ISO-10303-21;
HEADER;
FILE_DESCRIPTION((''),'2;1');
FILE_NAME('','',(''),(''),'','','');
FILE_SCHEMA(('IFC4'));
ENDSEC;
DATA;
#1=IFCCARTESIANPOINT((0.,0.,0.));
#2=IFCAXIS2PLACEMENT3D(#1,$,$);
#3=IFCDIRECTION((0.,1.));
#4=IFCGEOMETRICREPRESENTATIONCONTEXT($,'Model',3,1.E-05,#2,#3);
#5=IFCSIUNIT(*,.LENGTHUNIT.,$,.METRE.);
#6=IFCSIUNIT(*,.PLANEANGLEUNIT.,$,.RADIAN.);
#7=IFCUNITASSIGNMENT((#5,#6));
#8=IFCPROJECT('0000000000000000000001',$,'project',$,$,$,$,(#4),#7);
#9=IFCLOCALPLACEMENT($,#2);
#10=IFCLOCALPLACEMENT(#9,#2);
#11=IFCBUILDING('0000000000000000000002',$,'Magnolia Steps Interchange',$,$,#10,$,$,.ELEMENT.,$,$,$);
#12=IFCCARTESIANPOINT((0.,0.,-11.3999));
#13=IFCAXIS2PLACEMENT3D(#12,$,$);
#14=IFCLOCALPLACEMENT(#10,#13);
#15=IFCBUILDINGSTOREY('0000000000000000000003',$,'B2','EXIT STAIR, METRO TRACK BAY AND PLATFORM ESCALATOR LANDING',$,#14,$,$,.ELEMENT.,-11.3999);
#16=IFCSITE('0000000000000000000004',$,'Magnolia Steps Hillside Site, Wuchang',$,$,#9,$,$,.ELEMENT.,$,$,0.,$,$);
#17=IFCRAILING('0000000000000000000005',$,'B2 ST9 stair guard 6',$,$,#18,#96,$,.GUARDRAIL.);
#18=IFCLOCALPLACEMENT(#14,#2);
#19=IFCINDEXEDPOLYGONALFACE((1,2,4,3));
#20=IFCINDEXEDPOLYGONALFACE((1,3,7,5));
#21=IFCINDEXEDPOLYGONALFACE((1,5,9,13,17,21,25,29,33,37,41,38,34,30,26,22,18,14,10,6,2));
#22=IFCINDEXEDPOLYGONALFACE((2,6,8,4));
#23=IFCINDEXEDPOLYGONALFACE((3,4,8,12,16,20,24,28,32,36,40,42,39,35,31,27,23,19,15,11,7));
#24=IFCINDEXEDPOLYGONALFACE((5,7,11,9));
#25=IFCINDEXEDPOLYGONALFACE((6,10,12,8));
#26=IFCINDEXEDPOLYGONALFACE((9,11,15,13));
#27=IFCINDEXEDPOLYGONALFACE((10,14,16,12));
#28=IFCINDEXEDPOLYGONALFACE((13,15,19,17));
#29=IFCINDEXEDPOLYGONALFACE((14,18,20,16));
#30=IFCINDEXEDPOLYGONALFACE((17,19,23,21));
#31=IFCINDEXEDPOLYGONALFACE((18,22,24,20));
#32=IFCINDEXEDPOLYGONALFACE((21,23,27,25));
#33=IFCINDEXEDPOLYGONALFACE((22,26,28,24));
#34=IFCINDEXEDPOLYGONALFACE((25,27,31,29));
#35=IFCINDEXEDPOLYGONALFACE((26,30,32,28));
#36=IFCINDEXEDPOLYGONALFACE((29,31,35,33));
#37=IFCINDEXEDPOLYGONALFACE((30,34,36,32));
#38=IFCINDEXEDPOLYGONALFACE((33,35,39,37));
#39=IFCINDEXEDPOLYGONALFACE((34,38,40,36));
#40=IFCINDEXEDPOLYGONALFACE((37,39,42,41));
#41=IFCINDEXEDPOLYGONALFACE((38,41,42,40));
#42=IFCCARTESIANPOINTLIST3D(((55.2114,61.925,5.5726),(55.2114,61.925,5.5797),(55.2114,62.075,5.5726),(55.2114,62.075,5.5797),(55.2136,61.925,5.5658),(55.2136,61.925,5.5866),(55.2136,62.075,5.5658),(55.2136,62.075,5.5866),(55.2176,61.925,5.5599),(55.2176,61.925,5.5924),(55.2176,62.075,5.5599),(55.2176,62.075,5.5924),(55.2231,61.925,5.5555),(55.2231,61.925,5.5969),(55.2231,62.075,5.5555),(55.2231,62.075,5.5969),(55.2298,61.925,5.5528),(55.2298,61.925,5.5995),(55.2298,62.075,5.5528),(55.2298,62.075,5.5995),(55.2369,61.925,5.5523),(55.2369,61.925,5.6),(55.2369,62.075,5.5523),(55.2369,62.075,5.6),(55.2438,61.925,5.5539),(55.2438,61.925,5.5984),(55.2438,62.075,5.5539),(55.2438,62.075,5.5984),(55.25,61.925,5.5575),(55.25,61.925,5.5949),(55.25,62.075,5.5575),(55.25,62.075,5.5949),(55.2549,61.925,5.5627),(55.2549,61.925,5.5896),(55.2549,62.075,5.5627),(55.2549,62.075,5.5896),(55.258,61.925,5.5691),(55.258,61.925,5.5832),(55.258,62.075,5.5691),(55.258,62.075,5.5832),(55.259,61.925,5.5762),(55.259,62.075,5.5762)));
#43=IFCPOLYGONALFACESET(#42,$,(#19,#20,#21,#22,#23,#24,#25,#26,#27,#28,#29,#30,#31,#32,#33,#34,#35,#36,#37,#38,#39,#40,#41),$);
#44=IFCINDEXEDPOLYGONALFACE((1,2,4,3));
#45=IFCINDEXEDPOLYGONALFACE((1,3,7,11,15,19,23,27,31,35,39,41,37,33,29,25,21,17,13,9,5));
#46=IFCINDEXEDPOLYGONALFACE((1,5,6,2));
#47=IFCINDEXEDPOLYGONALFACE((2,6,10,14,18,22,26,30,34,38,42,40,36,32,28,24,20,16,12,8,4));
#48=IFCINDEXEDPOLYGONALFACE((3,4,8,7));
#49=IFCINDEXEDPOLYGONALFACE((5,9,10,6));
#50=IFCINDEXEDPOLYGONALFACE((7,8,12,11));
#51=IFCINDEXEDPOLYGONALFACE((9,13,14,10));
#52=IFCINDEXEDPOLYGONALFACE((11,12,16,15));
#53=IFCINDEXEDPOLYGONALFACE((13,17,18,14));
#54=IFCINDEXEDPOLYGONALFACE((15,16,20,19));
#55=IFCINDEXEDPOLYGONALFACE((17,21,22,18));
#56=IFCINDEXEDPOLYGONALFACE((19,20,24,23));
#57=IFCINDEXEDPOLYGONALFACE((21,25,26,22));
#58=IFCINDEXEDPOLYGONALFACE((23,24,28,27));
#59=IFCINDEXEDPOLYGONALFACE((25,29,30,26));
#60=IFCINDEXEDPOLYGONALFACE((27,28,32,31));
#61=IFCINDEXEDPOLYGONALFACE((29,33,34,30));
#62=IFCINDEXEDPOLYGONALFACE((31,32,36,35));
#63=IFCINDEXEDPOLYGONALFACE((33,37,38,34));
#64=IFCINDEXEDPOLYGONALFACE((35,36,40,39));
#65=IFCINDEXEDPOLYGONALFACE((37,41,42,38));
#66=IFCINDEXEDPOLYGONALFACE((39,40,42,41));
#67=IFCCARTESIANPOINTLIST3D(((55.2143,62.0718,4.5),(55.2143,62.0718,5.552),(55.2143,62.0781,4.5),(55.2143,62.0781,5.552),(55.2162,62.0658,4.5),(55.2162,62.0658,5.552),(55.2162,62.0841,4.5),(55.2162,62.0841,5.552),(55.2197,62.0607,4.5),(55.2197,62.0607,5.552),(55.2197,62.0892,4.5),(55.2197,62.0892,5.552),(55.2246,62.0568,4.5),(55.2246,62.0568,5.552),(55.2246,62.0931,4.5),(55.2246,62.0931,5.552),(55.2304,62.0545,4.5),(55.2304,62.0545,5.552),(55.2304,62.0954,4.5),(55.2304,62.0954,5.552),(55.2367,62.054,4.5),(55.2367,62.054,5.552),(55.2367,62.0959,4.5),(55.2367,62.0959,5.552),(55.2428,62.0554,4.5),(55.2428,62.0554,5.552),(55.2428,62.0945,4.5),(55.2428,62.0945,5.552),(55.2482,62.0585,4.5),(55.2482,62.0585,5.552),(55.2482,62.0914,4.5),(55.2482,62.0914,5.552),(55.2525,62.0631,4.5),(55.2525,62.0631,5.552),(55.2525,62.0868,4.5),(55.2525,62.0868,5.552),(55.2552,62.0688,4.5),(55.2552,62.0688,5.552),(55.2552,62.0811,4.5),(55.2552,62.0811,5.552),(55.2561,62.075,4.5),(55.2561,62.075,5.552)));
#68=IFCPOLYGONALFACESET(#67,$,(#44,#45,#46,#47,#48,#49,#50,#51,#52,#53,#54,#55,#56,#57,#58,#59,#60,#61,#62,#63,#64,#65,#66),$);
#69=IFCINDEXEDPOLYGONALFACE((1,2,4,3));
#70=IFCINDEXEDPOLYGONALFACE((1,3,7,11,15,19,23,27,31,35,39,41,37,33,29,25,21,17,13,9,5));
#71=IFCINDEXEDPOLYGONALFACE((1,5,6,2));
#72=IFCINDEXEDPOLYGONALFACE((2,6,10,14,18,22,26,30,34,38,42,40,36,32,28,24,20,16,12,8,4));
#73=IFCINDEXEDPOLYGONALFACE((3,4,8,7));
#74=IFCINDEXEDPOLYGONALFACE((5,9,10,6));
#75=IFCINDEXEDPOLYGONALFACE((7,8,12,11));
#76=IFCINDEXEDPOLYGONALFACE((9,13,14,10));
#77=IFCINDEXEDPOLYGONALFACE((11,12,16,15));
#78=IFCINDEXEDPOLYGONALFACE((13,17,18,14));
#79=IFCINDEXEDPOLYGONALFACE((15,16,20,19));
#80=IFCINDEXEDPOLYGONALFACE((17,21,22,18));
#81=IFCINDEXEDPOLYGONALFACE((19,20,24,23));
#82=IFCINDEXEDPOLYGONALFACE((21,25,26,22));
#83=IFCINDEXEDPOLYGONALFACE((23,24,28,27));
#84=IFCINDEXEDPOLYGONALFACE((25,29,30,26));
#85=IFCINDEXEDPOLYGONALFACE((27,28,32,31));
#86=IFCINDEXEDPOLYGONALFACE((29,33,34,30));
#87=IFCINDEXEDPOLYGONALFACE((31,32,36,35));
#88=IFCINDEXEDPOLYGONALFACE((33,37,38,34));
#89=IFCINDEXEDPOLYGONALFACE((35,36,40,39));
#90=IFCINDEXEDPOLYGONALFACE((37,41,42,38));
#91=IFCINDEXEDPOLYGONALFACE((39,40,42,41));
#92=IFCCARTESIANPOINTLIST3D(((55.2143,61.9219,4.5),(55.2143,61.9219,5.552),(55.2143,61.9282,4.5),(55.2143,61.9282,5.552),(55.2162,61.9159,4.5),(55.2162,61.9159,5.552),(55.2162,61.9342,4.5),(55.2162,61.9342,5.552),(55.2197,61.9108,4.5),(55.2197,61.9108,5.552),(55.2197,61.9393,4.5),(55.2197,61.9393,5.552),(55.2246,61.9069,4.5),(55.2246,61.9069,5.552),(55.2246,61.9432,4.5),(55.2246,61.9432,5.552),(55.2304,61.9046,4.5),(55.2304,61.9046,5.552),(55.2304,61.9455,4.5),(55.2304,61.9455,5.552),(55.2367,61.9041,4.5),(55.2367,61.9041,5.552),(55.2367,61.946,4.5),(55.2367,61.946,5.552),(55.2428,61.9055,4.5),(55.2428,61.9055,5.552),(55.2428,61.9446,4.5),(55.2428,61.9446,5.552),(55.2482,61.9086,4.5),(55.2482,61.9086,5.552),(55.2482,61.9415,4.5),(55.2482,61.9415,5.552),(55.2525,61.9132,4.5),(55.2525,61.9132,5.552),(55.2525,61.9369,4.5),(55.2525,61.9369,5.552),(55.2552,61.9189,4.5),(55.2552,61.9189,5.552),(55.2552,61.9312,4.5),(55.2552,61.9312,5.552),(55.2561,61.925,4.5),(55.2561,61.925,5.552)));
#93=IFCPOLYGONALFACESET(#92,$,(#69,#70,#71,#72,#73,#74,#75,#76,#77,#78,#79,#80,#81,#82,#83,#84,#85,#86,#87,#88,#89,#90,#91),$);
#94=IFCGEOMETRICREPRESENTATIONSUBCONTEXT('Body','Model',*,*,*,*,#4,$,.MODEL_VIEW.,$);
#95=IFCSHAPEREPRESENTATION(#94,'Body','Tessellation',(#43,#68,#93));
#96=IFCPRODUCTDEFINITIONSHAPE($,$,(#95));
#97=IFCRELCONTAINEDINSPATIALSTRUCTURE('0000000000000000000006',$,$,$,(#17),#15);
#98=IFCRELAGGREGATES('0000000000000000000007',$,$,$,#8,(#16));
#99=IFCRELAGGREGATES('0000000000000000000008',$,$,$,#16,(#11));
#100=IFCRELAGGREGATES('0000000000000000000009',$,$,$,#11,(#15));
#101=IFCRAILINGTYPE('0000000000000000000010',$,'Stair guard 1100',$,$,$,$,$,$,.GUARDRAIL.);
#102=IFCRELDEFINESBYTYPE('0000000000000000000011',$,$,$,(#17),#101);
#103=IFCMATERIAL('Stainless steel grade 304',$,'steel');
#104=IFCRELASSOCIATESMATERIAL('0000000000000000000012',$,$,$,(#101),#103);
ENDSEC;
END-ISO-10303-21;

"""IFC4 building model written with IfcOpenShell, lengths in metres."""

from ifc_helpers import new_model, si_unit, direction, frame, origin, origin_2d, place, context, subcontext, project, spatial, circle, extrude, material, type_object, element, save


model = new_model("IFC4")

# Units and contexts
model_context = context("Model", 3, precision=1e-05, world=origin(), true_north=direction((0.0, 1.0)))
body_context = subcontext(model_context, "Body", "Model", "MODEL_VIEW")
ifc_project = project(units=[si_unit("LENGTHUNIT", "METRE"), si_unit("PLANEANGLEUNIT", "RADIAN")], contexts=[model_context])

# Site, building, storey
site_placement = place(None, origin())
site = spatial("IfcSite", under=ifc_project, at=site_placement, Name="Magnolia Steps Hillside Site, Wuchang", CompositionType="ELEMENT", RefElevation=0.0)
building_placement = place(site_placement, origin())
building = spatial("IfcBuilding", under=site, at=building_placement, Name="Magnolia Steps Interchange", CompositionType="ELEMENT")
storey_placement = place(building_placement, frame((0.0, 0.0, -11.3999)))
storey = spatial("IfcBuildingStorey", under=building, at=storey_placement, Name="B2", Description="EXIT STAIR, METRO TRACK BAY AND PLATFORM ESCALATOR LANDING", CompositionType="ELEMENT", Elevation=-11.3999)

# Railing
ifc_material_1 = material(Name="Stainless steel grade 304", Category="steel")
railing_type_1 = type_object("IfcRailingType", Name="Stair guard 1100", PredefinedType="GUARDRAIL", material=ifc_material_1)
railing_1_placement = place(storey_placement, frame((55.2351, 62.075, 4.5)))
element("IfcRailing", 1, at=railing_1_placement, inside=storey, type_object=railing_type_1, Name="B2 ST9 stair guard 6", PredefinedType="GUARDRAIL", context=body_context, shape_type="SweptSolid", body=[
    extrude(circle(Radius=0.0239, at=origin_2d()), frame((0.0, 0.0, 1.0762), z_axis=(0.0, -1.0, 0.0), x_axis=(1.0, 0.0, 0.0)), (0.0, 0.0, 1.0), 0.1499),
    extrude(circle(Radius=0.021, at=origin_2d()), origin(), (0.0, 0.0, 1.0), 1.052),
    extrude(circle(Radius=0.021, at=origin_2d()), frame((0.0, -0.1499, 0.0)), (0.0, 0.0, 1.0), 1.052),
])

save(model, "model.ifc")
